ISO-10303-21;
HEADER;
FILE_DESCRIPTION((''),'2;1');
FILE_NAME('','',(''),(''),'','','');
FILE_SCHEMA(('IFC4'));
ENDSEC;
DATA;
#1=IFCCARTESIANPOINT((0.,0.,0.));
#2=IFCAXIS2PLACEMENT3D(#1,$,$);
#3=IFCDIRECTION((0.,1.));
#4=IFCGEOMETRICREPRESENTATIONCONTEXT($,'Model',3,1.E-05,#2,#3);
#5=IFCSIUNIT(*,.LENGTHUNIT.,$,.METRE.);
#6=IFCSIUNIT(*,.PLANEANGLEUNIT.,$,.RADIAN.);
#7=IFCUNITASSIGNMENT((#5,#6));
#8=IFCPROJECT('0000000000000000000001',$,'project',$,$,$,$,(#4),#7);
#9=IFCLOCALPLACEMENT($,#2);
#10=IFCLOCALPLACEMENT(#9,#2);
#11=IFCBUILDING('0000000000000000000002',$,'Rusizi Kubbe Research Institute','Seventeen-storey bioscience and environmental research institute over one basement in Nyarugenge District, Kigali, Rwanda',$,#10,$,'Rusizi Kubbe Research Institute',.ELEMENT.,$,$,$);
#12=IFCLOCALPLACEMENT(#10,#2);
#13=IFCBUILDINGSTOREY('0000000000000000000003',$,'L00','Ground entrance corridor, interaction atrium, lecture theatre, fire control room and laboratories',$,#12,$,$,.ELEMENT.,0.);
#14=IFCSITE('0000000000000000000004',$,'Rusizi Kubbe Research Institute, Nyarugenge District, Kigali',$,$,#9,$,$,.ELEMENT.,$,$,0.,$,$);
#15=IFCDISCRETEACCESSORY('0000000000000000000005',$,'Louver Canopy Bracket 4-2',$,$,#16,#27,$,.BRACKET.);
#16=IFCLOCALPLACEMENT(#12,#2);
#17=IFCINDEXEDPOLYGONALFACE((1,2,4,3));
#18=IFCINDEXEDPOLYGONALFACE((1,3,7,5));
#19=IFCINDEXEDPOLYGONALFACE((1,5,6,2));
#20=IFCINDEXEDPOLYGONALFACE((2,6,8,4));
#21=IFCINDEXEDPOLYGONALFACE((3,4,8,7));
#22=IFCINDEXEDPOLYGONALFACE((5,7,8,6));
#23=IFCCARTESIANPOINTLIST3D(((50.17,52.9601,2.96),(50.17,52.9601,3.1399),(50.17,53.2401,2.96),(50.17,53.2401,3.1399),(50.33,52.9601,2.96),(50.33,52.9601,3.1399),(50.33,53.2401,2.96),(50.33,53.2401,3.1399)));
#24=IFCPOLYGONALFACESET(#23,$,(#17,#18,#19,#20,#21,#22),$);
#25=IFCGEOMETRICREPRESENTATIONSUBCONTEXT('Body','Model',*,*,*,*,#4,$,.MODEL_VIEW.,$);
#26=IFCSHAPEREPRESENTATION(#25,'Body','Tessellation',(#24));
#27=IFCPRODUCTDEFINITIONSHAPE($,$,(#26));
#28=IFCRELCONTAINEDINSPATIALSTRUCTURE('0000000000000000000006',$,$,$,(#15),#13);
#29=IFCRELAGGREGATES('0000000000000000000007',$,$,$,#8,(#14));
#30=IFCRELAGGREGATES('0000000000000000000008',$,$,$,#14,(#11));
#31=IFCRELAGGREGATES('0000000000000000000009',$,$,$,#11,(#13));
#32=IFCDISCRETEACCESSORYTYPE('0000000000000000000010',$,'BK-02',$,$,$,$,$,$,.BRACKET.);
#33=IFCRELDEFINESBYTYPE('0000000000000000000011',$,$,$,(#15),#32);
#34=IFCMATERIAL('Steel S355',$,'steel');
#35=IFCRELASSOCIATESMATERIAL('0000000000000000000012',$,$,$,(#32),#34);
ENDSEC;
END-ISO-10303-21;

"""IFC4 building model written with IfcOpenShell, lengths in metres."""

from ifc_helpers import new_model, si_unit, direction, frame, origin, origin_2d, place, context, subcontext, project, spatial, rectangle, extrude, material, type_object, element, save


model = new_model("IFC4")

# Units and contexts
model_context = context("Model", 3, precision=1e-05, world=origin(), true_north=direction((0.0, 1.0)))
body_context = subcontext(model_context, "Body", "Model", "MODEL_VIEW")
ifc_project = project(units=[si_unit("LENGTHUNIT", "METRE"), si_unit("PLANEANGLEUNIT", "RADIAN")], contexts=[model_context])

# Site, building, storey
site_placement = place(None, origin())
site = spatial("IfcSite", under=ifc_project, at=site_placement, Name="Rusizi Kubbe Research Institute, Nyarugenge District, Kigali", CompositionType="ELEMENT", RefElevation=0.0)
building_placement = place(site_placement, origin())
building = spatial("IfcBuilding", under=site, at=building_placement, Name="Rusizi Kubbe Research Institute", Description="Seventeen-storey bioscience and environmental research institute over one basement in Nyarugenge District, Kigali, Rwanda", LongName="Rusizi Kubbe Research Institute", CompositionType="ELEMENT")
storey_placement = place(building_placement, origin())
storey = spatial("IfcBuildingStorey", under=building, at=storey_placement, Name="L00", Description="Ground entrance corridor, interaction atrium, lecture theatre, fire control room and laboratories", CompositionType="ELEMENT", Elevation=0.0)

# Discrete accessory
ifc_material_1 = material(Name="Steel S355", Category="steel")
discrete_accessory_type = type_object("IfcDiscreteAccessoryType", Name="BK-02", PredefinedType="BRACKET", material=ifc_material_1)
for number, where, z_axis, x_axis, name in (
    (1, (50.25, 53.1001, 2.96), (0.0, 0.0, 1.0), (1.0, 0.0, 0.0), "Louver Canopy Bracket 4-2"),
):
    element("IfcDiscreteAccessory", number, at=place(storey_placement, frame(where, z_axis=z_axis, x_axis=x_axis)), inside=storey, type_object=discrete_accessory_type, Name=name, PredefinedType="BRACKET", context=body_context, shape_type="SweptSolid", body=[
        extrude(rectangle(XDim=0.1599, YDim=0.28, at=origin_2d()), origin(), (0.0, 0.0, 1.0), 0.1799),
    ])

save(model, "model.ifc")
